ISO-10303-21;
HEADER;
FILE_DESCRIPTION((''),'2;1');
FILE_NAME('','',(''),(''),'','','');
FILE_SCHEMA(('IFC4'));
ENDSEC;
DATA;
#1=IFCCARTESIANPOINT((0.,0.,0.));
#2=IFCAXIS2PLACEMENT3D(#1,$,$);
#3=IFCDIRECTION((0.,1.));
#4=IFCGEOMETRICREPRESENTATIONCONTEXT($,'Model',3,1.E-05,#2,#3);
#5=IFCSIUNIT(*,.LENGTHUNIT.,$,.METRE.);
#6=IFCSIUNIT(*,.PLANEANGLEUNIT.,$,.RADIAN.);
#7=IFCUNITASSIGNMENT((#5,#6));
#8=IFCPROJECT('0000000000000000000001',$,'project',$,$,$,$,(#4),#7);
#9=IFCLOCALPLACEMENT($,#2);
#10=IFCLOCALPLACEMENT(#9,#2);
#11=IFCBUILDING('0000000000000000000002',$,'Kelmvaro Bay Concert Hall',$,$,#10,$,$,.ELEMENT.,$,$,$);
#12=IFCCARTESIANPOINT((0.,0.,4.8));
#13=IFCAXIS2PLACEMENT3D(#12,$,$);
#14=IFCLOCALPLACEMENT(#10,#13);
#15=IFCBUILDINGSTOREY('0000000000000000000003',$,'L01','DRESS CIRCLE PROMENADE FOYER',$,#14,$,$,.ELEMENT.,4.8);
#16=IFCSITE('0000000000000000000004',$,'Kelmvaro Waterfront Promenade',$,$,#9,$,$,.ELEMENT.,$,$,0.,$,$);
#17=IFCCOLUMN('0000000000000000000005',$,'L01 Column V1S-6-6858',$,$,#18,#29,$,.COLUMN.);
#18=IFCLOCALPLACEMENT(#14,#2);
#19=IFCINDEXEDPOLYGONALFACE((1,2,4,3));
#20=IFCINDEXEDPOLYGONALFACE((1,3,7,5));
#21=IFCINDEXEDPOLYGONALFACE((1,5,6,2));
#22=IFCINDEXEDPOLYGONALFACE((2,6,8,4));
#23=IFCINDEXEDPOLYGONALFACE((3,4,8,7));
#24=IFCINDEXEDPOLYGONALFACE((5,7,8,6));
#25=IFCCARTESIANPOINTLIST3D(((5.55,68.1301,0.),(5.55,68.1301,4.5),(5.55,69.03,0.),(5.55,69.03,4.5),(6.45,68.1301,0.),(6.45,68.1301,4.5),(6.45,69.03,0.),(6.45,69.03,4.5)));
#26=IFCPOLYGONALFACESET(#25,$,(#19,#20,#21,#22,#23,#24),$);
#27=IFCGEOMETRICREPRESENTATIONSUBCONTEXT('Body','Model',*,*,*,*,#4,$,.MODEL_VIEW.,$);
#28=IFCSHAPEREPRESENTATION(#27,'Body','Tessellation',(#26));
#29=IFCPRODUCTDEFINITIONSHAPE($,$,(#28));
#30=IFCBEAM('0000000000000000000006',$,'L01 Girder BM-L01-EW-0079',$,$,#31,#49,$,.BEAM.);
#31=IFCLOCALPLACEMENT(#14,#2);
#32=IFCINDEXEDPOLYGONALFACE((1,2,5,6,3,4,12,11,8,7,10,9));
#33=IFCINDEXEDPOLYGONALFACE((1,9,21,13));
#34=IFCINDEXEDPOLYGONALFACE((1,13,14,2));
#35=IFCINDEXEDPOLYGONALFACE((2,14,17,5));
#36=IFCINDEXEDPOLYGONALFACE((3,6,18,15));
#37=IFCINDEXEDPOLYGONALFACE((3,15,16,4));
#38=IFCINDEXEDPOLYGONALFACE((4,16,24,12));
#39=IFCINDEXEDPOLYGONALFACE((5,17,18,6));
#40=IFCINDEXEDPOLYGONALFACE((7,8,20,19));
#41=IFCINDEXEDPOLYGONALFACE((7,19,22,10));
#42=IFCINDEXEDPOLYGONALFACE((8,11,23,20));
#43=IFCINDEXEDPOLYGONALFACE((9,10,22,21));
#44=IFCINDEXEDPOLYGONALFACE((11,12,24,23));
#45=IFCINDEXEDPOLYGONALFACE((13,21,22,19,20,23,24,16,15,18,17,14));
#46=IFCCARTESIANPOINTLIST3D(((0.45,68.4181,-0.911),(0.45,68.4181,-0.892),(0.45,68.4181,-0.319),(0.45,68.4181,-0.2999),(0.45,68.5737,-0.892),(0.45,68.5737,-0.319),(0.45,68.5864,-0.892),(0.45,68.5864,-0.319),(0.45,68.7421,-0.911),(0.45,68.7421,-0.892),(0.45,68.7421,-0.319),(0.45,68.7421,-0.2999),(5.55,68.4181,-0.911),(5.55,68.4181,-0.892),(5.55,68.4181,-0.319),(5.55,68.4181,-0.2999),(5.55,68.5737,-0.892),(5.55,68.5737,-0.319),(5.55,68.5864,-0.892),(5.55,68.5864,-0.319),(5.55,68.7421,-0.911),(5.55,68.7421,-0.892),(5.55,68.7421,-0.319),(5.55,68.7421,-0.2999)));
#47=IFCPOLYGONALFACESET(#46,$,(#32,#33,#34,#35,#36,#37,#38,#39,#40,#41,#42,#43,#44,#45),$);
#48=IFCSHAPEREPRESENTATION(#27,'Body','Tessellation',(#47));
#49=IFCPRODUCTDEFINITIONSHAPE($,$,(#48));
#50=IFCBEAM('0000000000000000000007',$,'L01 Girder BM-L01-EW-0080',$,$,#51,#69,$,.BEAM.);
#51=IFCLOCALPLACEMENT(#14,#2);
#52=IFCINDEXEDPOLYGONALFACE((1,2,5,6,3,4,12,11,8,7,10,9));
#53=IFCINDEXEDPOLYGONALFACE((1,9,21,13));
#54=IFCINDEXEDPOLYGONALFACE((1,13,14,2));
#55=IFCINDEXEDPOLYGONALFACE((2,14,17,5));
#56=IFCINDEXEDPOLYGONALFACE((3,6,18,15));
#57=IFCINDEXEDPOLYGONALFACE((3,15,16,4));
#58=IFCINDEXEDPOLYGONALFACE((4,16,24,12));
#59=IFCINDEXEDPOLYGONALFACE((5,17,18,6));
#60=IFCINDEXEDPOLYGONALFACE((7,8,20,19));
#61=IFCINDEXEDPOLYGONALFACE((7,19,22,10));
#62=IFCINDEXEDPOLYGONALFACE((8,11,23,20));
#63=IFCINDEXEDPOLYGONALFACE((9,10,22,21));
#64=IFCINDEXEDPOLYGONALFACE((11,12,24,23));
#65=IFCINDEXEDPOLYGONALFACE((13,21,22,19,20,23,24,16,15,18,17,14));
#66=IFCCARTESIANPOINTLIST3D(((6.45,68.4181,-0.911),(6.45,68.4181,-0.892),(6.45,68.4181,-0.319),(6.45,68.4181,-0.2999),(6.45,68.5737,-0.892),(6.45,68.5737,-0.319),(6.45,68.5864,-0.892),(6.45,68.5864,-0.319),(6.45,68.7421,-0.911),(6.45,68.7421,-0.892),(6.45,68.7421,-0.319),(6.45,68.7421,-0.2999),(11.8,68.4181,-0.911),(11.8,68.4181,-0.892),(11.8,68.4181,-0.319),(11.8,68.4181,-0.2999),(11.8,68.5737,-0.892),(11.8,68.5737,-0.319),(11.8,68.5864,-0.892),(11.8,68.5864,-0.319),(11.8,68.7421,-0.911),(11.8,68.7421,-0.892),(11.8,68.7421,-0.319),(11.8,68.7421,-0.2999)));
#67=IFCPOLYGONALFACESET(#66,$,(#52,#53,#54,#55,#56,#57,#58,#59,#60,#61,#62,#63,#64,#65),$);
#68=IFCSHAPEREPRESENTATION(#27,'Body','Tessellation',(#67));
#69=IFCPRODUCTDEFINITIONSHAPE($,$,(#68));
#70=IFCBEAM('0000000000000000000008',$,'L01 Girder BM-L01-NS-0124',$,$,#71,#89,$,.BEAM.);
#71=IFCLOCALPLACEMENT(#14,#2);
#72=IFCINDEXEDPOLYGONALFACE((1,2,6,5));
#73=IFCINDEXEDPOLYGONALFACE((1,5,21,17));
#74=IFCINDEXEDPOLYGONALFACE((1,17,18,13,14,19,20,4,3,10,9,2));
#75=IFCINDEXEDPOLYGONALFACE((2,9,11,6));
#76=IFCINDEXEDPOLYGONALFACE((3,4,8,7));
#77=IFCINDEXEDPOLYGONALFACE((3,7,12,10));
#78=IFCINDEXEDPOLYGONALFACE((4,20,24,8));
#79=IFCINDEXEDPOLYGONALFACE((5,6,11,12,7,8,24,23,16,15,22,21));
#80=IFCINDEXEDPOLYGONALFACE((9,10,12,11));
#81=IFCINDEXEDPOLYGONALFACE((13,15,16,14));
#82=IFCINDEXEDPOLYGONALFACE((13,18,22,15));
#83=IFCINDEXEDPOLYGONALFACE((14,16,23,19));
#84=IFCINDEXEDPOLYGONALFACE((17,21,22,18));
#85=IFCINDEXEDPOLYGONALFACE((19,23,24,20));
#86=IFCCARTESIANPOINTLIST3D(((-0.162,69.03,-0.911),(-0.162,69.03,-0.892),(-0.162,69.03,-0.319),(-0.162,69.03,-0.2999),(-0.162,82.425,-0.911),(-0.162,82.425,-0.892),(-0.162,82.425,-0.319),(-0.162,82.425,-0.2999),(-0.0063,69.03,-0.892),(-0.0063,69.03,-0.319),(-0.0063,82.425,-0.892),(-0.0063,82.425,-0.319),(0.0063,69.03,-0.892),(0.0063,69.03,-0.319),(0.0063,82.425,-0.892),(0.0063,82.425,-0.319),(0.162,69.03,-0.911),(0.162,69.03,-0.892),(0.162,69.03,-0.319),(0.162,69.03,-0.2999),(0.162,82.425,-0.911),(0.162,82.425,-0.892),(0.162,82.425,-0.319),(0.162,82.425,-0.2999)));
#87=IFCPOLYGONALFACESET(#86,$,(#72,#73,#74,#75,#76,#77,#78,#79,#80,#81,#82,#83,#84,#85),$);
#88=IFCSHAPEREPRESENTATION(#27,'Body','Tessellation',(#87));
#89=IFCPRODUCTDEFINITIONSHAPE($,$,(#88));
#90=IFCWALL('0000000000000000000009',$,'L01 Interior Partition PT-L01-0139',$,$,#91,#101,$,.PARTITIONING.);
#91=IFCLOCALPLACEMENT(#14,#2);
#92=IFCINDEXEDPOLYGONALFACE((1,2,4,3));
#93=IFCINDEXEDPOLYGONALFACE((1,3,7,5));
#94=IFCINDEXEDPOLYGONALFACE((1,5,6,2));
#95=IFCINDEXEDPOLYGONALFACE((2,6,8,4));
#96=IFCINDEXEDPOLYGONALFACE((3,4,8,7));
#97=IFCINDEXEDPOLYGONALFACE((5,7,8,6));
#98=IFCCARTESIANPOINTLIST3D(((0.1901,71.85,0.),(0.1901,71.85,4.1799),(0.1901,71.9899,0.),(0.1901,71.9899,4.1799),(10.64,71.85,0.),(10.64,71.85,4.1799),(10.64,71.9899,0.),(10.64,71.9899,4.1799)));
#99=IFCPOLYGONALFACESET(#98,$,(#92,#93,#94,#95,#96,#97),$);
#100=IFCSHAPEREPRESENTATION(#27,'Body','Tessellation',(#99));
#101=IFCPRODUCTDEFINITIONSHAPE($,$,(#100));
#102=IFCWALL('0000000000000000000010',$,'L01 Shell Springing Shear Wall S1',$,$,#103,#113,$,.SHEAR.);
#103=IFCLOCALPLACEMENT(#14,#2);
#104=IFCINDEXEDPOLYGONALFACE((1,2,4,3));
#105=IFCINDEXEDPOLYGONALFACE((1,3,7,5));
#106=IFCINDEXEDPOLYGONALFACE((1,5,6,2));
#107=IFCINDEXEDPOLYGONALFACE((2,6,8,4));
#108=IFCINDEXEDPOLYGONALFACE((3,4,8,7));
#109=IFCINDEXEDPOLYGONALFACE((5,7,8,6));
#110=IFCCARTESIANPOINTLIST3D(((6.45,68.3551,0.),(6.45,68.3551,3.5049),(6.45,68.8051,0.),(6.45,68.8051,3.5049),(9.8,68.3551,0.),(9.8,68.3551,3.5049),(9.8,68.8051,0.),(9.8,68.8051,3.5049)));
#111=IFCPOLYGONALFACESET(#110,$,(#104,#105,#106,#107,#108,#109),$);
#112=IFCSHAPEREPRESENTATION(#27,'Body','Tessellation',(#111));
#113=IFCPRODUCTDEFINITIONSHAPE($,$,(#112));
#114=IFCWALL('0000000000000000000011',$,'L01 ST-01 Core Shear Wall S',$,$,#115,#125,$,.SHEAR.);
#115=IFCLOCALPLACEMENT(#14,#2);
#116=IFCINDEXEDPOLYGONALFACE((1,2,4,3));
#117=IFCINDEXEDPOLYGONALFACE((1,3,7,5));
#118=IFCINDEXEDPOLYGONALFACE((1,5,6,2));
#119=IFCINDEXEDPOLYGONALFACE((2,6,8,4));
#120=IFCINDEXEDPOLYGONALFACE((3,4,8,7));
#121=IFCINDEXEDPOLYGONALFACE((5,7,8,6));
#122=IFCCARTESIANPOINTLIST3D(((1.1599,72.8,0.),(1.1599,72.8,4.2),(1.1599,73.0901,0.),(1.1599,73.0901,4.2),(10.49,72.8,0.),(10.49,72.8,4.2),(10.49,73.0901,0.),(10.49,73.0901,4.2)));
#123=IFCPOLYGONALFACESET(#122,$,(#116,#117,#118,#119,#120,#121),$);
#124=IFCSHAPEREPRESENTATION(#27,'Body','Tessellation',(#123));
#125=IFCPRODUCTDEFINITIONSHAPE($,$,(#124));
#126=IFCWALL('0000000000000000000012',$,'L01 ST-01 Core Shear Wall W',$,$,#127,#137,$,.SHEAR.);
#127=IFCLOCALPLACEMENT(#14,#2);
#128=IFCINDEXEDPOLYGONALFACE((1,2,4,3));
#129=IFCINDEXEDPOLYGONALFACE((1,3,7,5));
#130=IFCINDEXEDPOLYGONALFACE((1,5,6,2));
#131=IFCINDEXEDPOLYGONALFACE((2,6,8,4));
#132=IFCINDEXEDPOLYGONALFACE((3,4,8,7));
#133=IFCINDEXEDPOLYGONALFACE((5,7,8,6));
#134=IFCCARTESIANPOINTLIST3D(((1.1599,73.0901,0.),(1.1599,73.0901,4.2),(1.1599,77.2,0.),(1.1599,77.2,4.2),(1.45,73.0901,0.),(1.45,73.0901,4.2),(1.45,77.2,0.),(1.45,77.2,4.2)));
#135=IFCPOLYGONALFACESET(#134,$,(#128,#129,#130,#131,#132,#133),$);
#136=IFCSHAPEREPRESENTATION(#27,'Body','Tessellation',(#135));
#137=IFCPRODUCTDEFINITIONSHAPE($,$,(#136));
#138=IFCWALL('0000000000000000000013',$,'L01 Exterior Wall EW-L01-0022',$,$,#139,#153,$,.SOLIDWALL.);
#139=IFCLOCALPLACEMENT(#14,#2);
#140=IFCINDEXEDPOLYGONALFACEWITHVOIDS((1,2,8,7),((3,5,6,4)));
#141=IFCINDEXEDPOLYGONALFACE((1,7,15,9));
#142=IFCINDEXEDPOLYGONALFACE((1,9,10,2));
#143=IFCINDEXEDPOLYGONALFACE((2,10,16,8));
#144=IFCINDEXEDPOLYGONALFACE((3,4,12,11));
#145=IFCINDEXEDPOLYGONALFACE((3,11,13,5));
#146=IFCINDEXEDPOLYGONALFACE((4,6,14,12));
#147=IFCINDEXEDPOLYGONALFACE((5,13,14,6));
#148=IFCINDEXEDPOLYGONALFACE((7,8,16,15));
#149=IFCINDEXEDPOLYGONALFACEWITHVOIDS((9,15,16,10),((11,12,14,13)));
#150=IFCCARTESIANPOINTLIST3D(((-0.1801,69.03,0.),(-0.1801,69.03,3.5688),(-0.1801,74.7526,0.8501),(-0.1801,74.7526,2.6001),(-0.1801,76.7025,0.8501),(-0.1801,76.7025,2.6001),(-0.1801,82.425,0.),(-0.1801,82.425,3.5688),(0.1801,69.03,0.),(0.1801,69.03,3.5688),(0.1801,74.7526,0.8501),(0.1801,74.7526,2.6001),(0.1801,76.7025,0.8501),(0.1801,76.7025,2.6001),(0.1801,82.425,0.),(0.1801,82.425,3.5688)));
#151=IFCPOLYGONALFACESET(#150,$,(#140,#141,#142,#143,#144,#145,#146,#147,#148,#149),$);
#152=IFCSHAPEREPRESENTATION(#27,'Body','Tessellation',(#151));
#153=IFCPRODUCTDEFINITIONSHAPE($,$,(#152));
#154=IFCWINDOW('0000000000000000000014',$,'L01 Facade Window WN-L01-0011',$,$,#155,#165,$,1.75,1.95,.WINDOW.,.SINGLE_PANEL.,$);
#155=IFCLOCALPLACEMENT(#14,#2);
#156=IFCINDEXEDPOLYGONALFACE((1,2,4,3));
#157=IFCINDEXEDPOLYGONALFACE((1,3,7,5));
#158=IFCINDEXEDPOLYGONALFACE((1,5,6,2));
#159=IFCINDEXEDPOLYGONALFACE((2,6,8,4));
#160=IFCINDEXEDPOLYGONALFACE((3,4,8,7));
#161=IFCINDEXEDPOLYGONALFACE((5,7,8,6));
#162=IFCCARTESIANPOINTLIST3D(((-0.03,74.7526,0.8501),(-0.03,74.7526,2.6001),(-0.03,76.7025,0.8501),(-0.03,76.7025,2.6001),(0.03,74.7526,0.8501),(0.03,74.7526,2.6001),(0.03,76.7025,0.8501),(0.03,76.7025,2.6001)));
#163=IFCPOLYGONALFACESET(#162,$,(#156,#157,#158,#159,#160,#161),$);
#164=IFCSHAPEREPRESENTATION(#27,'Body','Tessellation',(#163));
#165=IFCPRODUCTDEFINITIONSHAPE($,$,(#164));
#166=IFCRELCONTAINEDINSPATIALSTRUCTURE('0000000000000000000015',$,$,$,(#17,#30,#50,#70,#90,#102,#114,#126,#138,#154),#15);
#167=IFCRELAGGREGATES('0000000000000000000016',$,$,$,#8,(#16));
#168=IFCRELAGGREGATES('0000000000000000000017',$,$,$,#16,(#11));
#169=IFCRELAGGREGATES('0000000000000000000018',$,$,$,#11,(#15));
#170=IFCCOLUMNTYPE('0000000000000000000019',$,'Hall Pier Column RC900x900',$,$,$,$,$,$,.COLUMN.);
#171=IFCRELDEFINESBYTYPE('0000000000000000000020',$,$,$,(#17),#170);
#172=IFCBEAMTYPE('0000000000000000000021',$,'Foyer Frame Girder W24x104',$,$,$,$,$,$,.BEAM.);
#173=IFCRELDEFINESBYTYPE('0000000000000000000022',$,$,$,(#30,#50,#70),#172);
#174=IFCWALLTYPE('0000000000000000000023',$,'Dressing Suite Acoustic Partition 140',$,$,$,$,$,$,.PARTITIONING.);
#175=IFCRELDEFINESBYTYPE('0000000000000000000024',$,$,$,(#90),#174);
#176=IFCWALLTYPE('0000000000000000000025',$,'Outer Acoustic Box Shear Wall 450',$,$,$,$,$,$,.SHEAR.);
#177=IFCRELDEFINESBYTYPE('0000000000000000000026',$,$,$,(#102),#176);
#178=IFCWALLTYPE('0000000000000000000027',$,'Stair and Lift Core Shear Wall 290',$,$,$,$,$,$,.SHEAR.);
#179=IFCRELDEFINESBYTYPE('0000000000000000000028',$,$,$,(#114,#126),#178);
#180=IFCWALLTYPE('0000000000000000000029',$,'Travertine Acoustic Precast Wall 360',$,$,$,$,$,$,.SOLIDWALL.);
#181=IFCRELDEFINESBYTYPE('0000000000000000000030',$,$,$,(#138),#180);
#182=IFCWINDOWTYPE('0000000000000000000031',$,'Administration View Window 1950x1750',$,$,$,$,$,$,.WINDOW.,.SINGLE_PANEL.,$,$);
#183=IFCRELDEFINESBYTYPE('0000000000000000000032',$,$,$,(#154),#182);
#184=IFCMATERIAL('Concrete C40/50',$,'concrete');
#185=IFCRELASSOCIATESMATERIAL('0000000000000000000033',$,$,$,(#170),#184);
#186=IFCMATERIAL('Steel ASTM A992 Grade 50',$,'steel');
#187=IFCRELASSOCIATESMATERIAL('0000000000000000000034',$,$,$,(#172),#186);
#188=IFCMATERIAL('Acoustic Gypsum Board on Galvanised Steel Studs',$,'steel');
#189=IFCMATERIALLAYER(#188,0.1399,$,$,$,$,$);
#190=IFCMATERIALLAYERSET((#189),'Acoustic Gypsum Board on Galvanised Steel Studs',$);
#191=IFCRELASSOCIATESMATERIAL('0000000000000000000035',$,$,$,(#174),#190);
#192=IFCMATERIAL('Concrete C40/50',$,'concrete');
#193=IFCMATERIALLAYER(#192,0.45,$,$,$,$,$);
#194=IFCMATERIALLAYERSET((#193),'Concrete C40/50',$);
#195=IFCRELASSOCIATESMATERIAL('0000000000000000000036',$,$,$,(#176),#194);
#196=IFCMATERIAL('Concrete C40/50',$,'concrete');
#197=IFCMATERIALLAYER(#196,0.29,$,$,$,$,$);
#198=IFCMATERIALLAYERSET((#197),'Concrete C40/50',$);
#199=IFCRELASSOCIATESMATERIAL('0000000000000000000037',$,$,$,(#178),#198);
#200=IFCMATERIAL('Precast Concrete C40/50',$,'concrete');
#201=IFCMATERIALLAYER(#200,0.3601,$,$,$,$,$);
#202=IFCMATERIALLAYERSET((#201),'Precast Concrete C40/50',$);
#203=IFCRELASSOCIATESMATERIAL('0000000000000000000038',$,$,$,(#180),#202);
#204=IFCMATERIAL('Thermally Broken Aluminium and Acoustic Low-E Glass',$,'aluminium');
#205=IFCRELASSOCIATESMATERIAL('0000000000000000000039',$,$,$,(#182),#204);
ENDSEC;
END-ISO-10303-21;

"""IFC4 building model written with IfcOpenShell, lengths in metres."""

from ifc_helpers import new_model, si_unit, direction, frame, frame_2d, origin, origin_2d, place, context, subcontext, project, spatial, rectangle, i_section, extrude, material, layer, layer_set, material_profile, profile_set, type_object, element, fill, save


model = new_model("IFC4")

# Units and contexts
model_context = context("Model", 3, precision=1e-05, world=origin(), true_north=direction((0.0, 1.0)))
body_context = subcontext(model_context, "Body", "Model", "MODEL_VIEW")
ifc_project = project(units=[si_unit("LENGTHUNIT", "METRE"), si_unit("PLANEANGLEUNIT", "RADIAN")], contexts=[model_context])

# Site, building, storey
site_placement = place(None, origin())
site = spatial("IfcSite", under=ifc_project, at=site_placement, Name="Kelmvaro Waterfront Promenade", CompositionType="ELEMENT", RefElevation=0.0)
building_placement = place(site_placement, origin())
building = spatial("IfcBuilding", under=site, at=building_placement, Name="Kelmvaro Bay Concert Hall", CompositionType="ELEMENT")
storey_placement = place(building_placement, frame((0.0, 0.0, 4.8)))
storey = spatial("IfcBuildingStorey", under=building, at=storey_placement, Name="L01", Description="DRESS CIRCLE PROMENADE FOYER", CompositionType="ELEMENT", Elevation=4.8)

# Column
ifc_material_1 = material(Name="Concrete C40/50", Category="concrete")
ifc_material_profile_1 = material_profile(ifc_material_1, rectangle(XDim=0.8999, YDim=0.8999, at=origin_2d()), Name="RC-COL-900X900")
ifc_profile_set_1 = profile_set([ifc_material_profile_1], Name="Concrete C40/50")
column_type = type_object("IfcColumnType", Name="Hall Pier Column RC900x900", PredefinedType="COLUMN", material=ifc_profile_set_1)
column_placement = place(storey_placement, frame((6.0, 68.5801, 0.0), z_axis=(0.0, 0.0, 1.0), x_axis=(1.0, 0.0, 0.0)))
element("IfcColumn", 1, at=column_placement, inside=storey, type_object=column_type, Name="L01 Column V1S-6-6858", PredefinedType="COLUMN", context=body_context, shape_type="SweptSolid", body=[
    extrude(rectangle(XDim=0.8999, YDim=0.8999, at=origin_2d()), origin(), (0.0, 0.0, 1.0), 4.5),
])

# Beams
ifc_material_2 = material(Name="Steel ASTM A992 Grade 50", Category="steel")
ifc_material_profile_2 = material_profile(ifc_material_2, i_section(OverallWidth=0.324, OverallDepth=0.6111, WebThickness=0.0127, FlangeThickness=0.019, at=origin_2d()), Name="W24X104")
ifc_profile_set_2 = profile_set([ifc_material_profile_2], Name="Steel ASTM A992 Grade 50")
beam_type = type_object("IfcBeamType", Name="Foyer Frame Girder W24x104", PredefinedType="BEAM", material=ifc_profile_set_2)
beam_1_placement = place(storey_placement, frame((0.45, 68.5801, -0.6055), z_axis=(1.0, 0.0, 0.0), x_axis=(0.0, 1.0, 0.0)))
element("IfcBeam", 2, at=beam_1_placement, inside=storey, type_object=beam_type, Name="L01 Girder BM-L01-EW-0079", PredefinedType="BEAM", context=body_context, shape_type="SweptSolid", body=[
    extrude(i_section(OverallWidth=0.324, OverallDepth=0.6111, WebThickness=0.0127, FlangeThickness=0.019, at=origin_2d()), origin(), (0.0, 0.0, 1.0), 5.1001),
])
beam_2_placement = place(storey_placement, frame((6.45, 68.5801, -0.6055), z_axis=(1.0, 0.0, 0.0), x_axis=(0.0, 1.0, 0.0)))
element("IfcBeam", 3, at=beam_2_placement, inside=storey, type_object=beam_type, Name="L01 Girder BM-L01-EW-0080", PredefinedType="BEAM", context=body_context, shape_type="SweptSolid", body=[
    extrude(i_section(OverallWidth=0.324, OverallDepth=0.6111, WebThickness=0.0127, FlangeThickness=0.019, at=origin_2d()), origin(), (0.0, 0.0, 1.0), 5.3501),
])
beam_3_placement = place(storey_placement, frame((0.0, 69.03, -0.6055), z_axis=(0.0, 1.0, 0.0), x_axis=(-1.0, 0.0, 0.0)))
element("IfcBeam", 4, at=beam_3_placement, inside=storey, type_object=beam_type, Name="L01 Girder BM-L01-NS-0124", PredefinedType="BEAM", context=body_context, shape_type="SweptSolid", body=[
    extrude(i_section(OverallWidth=0.324, OverallDepth=0.6111, WebThickness=0.0127, FlangeThickness=0.019, at=origin_2d()), origin(), (0.0, 0.0, 1.0), 13.395),
])

# Walls
ifc_material_3 = material(Name="Acoustic Gypsum Board on Galvanised Steel Studs", Category="steel")
ifc_layer_1 = layer(ifc_material_3, 0.1399)
ifc_layer_set_1 = layer_set([ifc_layer_1], Name="Acoustic Gypsum Board on Galvanised Steel Studs")
wall_type_1 = type_object("IfcWallType", Name="Dressing Suite Acoustic Partition 140", PredefinedType="PARTITIONING", material=ifc_layer_set_1)
wall_1_placement = place(storey_placement, frame((0.1899, 71.9199, 0.0), z_axis=(0.0, 0.0, 1.0), x_axis=(1.0, 0.0, 0.0)))
element("IfcWall", 5, at=wall_1_placement, inside=storey, type_object=wall_type_1, Name="L01 Interior Partition PT-L01-0139", PredefinedType="PARTITIONING", context=body_context, shape_type="SweptSolid", body=[
    extrude(rectangle(XDim=10.45, YDim=0.1399, at=frame_2d((5.2251, 0.0))), origin(), (0.0, 0.0, 1.0), 4.1799),
])
ifc_material_4 = material(Name="Concrete C40/50", Category="concrete")
ifc_layer_2 = layer(ifc_material_4, 0.45)
ifc_layer_set_2 = layer_set([ifc_layer_2], Name="Concrete C40/50")
wall_type_2 = type_object("IfcWallType", Name="Outer Acoustic Box Shear Wall 450", PredefinedType="SHEAR", material=ifc_layer_set_2)
wall_2_placement = place(storey_placement, frame((6.45, 68.5801, 0.0), z_axis=(0.0, 0.0, 1.0), x_axis=(1.0, 0.0, 0.0)))
element("IfcWall", 6, at=wall_2_placement, inside=storey, type_object=wall_type_2, Name="L01 Shell Springing Shear Wall S1", PredefinedType="SHEAR", context=body_context, shape_type="SweptSolid", body=[
    extrude(rectangle(XDim=3.3501, YDim=0.45, at=frame_2d((1.675, 0.0))), origin(), (0.0, 0.0, 1.0), 3.5049),
])
ifc_material_5 = material(Name="Concrete C40/50", Category="concrete")
ifc_layer_3 = layer(ifc_material_5, 0.29)
ifc_layer_set_3 = layer_set([ifc_layer_3], Name="Concrete C40/50")
wall_type_3 = type_object("IfcWallType", Name="Stair and Lift Core Shear Wall 290", PredefinedType="SHEAR", material=ifc_layer_set_3)
wall_3_placement = place(storey_placement, frame((1.1599, 72.9451, 0.0), z_axis=(0.0, 0.0, 1.0), x_axis=(1.0, 0.0, 0.0)))
element("IfcWall", 7, at=wall_3_placement, inside=storey, type_object=wall_type_3, Name="L01 ST-01 Core Shear Wall S", PredefinedType="SHEAR", context=body_context, shape_type="SweptSolid", body=[
    extrude(rectangle(XDim=9.3301, YDim=0.29, at=frame_2d((4.665, 0.0))), origin(), (0.0, 0.0, 1.0), 4.2),
])
wall_4_placement = place(storey_placement, frame((1.3049, 73.0901, 0.0), z_axis=(0.0, 0.0, 1.0), x_axis=(0.0, 1.0, 0.0)))
element("IfcWall", 8, at=wall_4_placement, inside=storey, type_object=wall_type_3, Name="L01 ST-01 Core Shear Wall W", PredefinedType="SHEAR", context=body_context, shape_type="SweptSolid", body=[
    extrude(rectangle(XDim=4.1099, YDim=0.29, at=frame_2d((2.0549, 0.0))), origin(), (0.0, 0.0, 1.0), 4.2),
])

# Wall, opening, window
ifc_material_6 = material(Name="Precast Concrete C40/50", Category="concrete")
ifc_layer_4 = layer(ifc_material_6, 0.3601)
ifc_layer_set_4 = layer_set([ifc_layer_4], Name="Precast Concrete C40/50")
wall_type_4 = type_object("IfcWallType", Name="Travertine Acoustic Precast Wall 360", PredefinedType="SOLIDWALL", material=ifc_layer_set_4)
wall_5_placement = place(storey_placement, frame((0.0, 69.03, 0.0), z_axis=(0.0, 0.0, 1.0), x_axis=(0.0, 1.0, 0.0)))
wall_5 = element("IfcWall", 9, at=wall_5_placement, inside=storey, type_object=wall_type_4, Name="L01 Exterior Wall EW-L01-0022", PredefinedType="SOLIDWALL", context=body_context, shape_type="SweptSolid", body=[
    extrude(rectangle(XDim=13.395, YDim=0.3601, at=frame_2d((6.6975, 0.0))), origin(), (0.0, 0.0, 1.0), 3.5688),
])
opening_placement = place(wall_5_placement, frame((5.7224, 0.0, 0.8501)))
opening = element("IfcOpeningElement", 10, at=opening_placement, cuts=wall_5, PredefinedType="OPENING", context=body_context, shape_type="SweptSolid", body=[
    extrude(rectangle(XDim=1.95, YDim=1.75, at=frame_2d((0.9751, 0.875))), frame((0.0, 0.1899, 0.0), z_axis=(0.0, -1.0, 0.0), x_axis=(1.0, 0.0, 0.0)), (0.0, 0.0, 1.0), 0.3801),
])
ifc_material_7 = material(Name="Thermally Broken Aluminium and Acoustic Low-E Glass", Category="aluminium")
window_type = type_object("IfcWindowType", Name="Administration View Window 1950x1750", PartitioningType="SINGLE_PANEL", PredefinedType="WINDOW", material=ifc_material_7)
window_placement = place(opening_placement, origin())
window = element("IfcWindow", 11, at=window_placement, inside=storey, type_object=window_type, Name="L01 Facade Window WN-L01-0011", OverallHeight=1.75, OverallWidth=1.95, PartitioningType="SINGLE_PANEL", PredefinedType="WINDOW", context=body_context, shape_type="SweptSolid", body=[
    extrude(rectangle(XDim=1.95, YDim=1.75, at=frame_2d((0.9751, 0.875))), frame((0.0, 0.03, 0.0), z_axis=(0.0, -1.0, 0.0), x_axis=(1.0, 0.0, 0.0)), (0.0, 0.0, 1.0), 0.0601),
])
fill(opening, window)

save(model, "model.ifc")
